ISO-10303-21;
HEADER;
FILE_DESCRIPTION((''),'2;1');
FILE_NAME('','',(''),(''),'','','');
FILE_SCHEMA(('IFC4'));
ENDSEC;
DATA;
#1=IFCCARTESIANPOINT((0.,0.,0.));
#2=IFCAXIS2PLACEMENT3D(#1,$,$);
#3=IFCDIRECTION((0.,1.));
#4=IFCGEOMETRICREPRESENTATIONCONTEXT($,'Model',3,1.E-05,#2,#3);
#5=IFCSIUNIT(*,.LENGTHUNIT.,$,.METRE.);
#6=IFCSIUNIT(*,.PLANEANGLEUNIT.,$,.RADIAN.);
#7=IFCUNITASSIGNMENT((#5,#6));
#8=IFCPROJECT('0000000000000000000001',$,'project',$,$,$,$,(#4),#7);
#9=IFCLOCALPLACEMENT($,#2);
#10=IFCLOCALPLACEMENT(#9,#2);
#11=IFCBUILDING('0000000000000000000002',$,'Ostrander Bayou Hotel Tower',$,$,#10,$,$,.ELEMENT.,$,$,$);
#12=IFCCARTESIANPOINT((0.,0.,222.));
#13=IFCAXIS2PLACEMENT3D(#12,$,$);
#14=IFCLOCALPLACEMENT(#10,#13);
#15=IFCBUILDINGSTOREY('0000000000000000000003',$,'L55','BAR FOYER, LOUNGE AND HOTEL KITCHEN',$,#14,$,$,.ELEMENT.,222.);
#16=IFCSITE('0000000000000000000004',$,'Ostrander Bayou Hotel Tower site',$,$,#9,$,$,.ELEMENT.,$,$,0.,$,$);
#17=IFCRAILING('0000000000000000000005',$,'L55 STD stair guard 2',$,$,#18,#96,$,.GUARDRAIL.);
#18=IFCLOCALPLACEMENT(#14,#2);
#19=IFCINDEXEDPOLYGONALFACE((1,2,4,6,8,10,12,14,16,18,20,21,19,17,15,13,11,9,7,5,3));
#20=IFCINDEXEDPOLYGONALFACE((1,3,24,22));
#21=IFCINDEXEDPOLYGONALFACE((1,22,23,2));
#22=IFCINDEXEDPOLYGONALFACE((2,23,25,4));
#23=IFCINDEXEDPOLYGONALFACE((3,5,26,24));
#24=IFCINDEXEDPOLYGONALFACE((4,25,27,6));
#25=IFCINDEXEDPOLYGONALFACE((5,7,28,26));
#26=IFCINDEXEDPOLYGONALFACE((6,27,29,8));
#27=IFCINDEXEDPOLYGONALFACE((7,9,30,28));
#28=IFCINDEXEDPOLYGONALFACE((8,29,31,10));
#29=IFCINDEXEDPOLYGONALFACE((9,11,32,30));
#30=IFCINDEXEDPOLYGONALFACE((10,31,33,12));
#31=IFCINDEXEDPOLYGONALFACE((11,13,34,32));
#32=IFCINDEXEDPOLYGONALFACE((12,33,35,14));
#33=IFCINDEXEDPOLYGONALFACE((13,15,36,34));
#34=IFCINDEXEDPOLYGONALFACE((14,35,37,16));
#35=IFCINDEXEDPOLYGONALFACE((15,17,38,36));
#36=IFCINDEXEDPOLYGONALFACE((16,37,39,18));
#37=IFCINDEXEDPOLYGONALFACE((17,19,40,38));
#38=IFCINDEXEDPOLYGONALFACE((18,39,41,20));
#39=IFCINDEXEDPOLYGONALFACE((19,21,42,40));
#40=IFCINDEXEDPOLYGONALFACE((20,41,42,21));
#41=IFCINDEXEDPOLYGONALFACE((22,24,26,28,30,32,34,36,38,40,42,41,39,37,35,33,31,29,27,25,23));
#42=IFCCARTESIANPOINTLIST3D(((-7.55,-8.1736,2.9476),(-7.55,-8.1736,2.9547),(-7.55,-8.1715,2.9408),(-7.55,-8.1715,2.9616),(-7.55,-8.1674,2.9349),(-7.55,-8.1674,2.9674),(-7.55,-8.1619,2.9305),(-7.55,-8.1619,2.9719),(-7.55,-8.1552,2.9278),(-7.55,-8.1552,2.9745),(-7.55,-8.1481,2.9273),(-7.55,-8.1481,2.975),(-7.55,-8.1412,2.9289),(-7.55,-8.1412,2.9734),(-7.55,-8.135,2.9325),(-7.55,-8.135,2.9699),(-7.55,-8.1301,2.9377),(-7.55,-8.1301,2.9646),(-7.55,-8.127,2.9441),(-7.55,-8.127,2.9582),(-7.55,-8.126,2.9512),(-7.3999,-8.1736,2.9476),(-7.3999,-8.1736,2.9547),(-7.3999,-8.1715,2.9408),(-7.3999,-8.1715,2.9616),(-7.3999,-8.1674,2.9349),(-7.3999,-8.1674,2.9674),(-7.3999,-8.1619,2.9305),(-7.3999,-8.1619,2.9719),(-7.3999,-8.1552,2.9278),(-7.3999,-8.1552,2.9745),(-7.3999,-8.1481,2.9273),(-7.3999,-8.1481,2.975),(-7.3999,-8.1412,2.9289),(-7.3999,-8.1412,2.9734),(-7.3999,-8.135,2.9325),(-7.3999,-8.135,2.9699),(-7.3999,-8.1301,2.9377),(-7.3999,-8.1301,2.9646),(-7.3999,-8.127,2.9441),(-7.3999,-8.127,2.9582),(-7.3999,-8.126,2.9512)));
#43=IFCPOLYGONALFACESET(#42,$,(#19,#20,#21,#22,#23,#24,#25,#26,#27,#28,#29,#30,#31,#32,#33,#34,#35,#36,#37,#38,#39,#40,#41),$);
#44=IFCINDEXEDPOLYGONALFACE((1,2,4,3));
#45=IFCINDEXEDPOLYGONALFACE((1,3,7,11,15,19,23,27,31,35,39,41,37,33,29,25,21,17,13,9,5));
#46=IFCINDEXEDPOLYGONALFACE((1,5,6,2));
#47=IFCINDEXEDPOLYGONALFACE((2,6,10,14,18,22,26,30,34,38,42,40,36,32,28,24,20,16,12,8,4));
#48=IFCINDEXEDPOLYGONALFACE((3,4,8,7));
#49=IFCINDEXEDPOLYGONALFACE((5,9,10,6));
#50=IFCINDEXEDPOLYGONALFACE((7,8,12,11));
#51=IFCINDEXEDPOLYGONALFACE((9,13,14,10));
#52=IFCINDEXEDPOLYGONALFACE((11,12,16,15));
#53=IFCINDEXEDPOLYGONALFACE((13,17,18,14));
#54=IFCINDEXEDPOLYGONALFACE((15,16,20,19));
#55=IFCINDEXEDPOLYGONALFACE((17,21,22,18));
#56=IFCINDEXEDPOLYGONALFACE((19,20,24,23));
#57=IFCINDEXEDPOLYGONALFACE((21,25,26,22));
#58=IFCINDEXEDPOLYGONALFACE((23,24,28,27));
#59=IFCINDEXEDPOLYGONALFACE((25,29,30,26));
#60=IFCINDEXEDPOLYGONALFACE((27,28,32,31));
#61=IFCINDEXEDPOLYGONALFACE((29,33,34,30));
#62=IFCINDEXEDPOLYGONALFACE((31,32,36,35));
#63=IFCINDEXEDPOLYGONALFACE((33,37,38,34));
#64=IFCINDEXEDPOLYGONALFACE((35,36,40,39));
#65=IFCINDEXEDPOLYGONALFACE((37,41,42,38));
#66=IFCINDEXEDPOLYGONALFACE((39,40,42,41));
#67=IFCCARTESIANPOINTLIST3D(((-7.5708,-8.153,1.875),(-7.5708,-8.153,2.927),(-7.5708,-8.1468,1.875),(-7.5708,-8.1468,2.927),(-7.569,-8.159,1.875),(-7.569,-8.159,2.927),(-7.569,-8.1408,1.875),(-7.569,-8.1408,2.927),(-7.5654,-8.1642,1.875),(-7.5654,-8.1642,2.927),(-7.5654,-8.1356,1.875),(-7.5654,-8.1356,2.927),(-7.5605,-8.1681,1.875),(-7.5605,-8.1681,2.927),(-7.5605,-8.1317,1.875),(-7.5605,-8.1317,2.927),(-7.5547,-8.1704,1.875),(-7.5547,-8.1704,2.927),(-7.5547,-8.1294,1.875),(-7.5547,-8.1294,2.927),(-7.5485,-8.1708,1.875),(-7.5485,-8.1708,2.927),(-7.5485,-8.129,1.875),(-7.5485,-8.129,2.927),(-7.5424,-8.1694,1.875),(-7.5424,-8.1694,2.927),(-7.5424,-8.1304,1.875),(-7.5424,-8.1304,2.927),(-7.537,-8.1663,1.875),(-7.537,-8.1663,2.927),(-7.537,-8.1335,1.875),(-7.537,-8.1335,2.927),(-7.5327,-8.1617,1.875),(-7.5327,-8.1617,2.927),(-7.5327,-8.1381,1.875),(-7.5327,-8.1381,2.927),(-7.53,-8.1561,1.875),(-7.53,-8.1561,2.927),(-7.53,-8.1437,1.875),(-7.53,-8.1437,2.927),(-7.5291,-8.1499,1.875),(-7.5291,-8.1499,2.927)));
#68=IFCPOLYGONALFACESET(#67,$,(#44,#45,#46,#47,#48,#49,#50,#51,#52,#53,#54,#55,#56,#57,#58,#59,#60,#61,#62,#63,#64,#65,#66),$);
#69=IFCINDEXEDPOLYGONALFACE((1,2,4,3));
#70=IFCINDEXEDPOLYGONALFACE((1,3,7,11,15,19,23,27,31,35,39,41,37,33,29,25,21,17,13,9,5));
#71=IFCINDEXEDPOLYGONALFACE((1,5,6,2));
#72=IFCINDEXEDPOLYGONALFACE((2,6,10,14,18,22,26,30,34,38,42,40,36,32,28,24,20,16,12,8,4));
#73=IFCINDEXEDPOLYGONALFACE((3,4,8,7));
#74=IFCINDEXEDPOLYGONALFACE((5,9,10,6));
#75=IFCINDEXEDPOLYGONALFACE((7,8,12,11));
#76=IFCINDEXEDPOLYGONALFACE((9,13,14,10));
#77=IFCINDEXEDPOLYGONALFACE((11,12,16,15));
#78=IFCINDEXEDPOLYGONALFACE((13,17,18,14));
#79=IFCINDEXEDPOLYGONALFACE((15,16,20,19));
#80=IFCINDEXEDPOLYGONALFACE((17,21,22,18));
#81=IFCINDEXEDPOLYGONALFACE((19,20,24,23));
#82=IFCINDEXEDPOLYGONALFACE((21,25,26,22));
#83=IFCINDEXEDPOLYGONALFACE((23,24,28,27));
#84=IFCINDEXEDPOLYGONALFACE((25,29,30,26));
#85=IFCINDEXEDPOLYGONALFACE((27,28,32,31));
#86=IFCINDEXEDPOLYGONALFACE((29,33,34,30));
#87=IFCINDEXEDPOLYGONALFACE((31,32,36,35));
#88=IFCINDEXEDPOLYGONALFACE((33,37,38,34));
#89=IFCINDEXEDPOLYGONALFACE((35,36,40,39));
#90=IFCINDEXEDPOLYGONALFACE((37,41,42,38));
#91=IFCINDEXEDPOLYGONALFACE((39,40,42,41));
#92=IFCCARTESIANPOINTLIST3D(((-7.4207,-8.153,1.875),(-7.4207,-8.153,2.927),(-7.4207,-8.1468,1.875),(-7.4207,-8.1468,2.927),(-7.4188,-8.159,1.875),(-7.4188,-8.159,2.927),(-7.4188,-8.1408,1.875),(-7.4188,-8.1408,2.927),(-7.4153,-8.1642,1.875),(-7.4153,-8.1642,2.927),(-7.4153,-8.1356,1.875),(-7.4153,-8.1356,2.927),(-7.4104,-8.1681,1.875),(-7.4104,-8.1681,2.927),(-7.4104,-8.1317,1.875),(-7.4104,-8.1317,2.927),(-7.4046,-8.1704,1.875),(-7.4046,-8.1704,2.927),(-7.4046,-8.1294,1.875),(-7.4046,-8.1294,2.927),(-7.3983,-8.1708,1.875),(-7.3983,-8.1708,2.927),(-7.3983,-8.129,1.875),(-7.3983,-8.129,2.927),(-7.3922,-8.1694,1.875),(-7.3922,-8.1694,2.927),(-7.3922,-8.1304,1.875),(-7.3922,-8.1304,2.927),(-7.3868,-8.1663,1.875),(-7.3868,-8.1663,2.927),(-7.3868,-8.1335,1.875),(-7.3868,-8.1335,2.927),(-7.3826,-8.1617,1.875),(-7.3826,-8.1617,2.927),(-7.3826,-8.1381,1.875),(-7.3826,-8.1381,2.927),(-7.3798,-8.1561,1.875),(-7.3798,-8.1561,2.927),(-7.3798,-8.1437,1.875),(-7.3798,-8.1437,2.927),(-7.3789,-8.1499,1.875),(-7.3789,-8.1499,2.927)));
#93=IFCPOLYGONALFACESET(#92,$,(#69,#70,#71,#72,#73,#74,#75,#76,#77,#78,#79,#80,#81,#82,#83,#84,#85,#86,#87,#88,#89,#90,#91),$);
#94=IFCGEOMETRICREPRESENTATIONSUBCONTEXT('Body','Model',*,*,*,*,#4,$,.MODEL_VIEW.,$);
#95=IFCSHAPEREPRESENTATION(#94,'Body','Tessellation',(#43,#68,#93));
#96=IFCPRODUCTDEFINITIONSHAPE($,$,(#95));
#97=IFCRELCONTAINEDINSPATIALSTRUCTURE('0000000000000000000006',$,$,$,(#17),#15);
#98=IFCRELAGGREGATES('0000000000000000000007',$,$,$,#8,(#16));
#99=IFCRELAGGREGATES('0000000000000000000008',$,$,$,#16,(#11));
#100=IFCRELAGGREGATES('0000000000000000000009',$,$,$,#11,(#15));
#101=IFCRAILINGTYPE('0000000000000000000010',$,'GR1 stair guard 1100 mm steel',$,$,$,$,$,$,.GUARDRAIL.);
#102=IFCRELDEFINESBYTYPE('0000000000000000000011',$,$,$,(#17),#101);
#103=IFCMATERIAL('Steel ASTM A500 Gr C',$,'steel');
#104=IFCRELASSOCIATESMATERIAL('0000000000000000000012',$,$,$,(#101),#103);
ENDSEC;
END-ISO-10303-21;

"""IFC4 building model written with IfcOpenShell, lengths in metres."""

from ifc_helpers import new_model, si_unit, direction, frame, origin, origin_2d, place, context, subcontext, project, spatial, circle, extrude, material, type_object, element, save


model = new_model("IFC4")

# Units and contexts
model_context = context("Model", 3, precision=1e-05, world=origin(), true_north=direction((0.0, 1.0)))
body_context = subcontext(model_context, "Body", "Model", "MODEL_VIEW")
ifc_project = project(units=[si_unit("LENGTHUNIT", "METRE"), si_unit("PLANEANGLEUNIT", "RADIAN")], contexts=[model_context])

# Site, building, storey
site_placement = place(None, origin())
site = spatial("IfcSite", under=ifc_project, at=site_placement, Name="Ostrander Bayou Hotel Tower site", CompositionType="ELEMENT", RefElevation=0.0)
building_placement = place(site_placement, origin())
building = spatial("IfcBuilding", under=site, at=building_placement, Name="Ostrander Bayou Hotel Tower", CompositionType="ELEMENT")
storey_placement = place(building_placement, frame((0.0, 0.0, 222.0)))
storey = spatial("IfcBuildingStorey", under=building, at=storey_placement, Name="L55", Description="BAR FOYER, LOUNGE AND HOTEL KITCHEN", CompositionType="ELEMENT", Elevation=222.0)

# Railing
ifc_material_1 = material(Name="Steel ASTM A500 Gr C", Category="steel")
railing_type_1 = type_object("IfcRailingType", Name="GR1 stair guard 1100 mm steel", PredefinedType="GUARDRAIL", material=ifc_material_1)
railing_1_placement = place(storey_placement, frame((-7.55, -8.1499, 1.875)))
element("IfcRailing", 1, at=railing_1_placement, inside=storey, type_object=railing_type_1, Name="L55 STD stair guard 2", PredefinedType="GUARDRAIL", context=body_context, shape_type="SweptSolid", body=[
    extrude(circle(Radius=0.0239, at=origin_2d()), frame((0.0, 0.0, 1.0762), z_axis=(1.0, 0.0, 0.0), x_axis=(0.0, 1.0, 0.0)), (0.0, 0.0, 1.0), 0.1501),
    extrude(circle(Radius=0.021, at=origin_2d()), origin(), (0.0, 0.0, 1.0), 1.052),
    extrude(circle(Radius=0.021, at=origin_2d()), frame((0.1501, 0.0, 0.0)), (0.0, 0.0, 1.0), 1.052),
])

save(model, "model.ifc")
